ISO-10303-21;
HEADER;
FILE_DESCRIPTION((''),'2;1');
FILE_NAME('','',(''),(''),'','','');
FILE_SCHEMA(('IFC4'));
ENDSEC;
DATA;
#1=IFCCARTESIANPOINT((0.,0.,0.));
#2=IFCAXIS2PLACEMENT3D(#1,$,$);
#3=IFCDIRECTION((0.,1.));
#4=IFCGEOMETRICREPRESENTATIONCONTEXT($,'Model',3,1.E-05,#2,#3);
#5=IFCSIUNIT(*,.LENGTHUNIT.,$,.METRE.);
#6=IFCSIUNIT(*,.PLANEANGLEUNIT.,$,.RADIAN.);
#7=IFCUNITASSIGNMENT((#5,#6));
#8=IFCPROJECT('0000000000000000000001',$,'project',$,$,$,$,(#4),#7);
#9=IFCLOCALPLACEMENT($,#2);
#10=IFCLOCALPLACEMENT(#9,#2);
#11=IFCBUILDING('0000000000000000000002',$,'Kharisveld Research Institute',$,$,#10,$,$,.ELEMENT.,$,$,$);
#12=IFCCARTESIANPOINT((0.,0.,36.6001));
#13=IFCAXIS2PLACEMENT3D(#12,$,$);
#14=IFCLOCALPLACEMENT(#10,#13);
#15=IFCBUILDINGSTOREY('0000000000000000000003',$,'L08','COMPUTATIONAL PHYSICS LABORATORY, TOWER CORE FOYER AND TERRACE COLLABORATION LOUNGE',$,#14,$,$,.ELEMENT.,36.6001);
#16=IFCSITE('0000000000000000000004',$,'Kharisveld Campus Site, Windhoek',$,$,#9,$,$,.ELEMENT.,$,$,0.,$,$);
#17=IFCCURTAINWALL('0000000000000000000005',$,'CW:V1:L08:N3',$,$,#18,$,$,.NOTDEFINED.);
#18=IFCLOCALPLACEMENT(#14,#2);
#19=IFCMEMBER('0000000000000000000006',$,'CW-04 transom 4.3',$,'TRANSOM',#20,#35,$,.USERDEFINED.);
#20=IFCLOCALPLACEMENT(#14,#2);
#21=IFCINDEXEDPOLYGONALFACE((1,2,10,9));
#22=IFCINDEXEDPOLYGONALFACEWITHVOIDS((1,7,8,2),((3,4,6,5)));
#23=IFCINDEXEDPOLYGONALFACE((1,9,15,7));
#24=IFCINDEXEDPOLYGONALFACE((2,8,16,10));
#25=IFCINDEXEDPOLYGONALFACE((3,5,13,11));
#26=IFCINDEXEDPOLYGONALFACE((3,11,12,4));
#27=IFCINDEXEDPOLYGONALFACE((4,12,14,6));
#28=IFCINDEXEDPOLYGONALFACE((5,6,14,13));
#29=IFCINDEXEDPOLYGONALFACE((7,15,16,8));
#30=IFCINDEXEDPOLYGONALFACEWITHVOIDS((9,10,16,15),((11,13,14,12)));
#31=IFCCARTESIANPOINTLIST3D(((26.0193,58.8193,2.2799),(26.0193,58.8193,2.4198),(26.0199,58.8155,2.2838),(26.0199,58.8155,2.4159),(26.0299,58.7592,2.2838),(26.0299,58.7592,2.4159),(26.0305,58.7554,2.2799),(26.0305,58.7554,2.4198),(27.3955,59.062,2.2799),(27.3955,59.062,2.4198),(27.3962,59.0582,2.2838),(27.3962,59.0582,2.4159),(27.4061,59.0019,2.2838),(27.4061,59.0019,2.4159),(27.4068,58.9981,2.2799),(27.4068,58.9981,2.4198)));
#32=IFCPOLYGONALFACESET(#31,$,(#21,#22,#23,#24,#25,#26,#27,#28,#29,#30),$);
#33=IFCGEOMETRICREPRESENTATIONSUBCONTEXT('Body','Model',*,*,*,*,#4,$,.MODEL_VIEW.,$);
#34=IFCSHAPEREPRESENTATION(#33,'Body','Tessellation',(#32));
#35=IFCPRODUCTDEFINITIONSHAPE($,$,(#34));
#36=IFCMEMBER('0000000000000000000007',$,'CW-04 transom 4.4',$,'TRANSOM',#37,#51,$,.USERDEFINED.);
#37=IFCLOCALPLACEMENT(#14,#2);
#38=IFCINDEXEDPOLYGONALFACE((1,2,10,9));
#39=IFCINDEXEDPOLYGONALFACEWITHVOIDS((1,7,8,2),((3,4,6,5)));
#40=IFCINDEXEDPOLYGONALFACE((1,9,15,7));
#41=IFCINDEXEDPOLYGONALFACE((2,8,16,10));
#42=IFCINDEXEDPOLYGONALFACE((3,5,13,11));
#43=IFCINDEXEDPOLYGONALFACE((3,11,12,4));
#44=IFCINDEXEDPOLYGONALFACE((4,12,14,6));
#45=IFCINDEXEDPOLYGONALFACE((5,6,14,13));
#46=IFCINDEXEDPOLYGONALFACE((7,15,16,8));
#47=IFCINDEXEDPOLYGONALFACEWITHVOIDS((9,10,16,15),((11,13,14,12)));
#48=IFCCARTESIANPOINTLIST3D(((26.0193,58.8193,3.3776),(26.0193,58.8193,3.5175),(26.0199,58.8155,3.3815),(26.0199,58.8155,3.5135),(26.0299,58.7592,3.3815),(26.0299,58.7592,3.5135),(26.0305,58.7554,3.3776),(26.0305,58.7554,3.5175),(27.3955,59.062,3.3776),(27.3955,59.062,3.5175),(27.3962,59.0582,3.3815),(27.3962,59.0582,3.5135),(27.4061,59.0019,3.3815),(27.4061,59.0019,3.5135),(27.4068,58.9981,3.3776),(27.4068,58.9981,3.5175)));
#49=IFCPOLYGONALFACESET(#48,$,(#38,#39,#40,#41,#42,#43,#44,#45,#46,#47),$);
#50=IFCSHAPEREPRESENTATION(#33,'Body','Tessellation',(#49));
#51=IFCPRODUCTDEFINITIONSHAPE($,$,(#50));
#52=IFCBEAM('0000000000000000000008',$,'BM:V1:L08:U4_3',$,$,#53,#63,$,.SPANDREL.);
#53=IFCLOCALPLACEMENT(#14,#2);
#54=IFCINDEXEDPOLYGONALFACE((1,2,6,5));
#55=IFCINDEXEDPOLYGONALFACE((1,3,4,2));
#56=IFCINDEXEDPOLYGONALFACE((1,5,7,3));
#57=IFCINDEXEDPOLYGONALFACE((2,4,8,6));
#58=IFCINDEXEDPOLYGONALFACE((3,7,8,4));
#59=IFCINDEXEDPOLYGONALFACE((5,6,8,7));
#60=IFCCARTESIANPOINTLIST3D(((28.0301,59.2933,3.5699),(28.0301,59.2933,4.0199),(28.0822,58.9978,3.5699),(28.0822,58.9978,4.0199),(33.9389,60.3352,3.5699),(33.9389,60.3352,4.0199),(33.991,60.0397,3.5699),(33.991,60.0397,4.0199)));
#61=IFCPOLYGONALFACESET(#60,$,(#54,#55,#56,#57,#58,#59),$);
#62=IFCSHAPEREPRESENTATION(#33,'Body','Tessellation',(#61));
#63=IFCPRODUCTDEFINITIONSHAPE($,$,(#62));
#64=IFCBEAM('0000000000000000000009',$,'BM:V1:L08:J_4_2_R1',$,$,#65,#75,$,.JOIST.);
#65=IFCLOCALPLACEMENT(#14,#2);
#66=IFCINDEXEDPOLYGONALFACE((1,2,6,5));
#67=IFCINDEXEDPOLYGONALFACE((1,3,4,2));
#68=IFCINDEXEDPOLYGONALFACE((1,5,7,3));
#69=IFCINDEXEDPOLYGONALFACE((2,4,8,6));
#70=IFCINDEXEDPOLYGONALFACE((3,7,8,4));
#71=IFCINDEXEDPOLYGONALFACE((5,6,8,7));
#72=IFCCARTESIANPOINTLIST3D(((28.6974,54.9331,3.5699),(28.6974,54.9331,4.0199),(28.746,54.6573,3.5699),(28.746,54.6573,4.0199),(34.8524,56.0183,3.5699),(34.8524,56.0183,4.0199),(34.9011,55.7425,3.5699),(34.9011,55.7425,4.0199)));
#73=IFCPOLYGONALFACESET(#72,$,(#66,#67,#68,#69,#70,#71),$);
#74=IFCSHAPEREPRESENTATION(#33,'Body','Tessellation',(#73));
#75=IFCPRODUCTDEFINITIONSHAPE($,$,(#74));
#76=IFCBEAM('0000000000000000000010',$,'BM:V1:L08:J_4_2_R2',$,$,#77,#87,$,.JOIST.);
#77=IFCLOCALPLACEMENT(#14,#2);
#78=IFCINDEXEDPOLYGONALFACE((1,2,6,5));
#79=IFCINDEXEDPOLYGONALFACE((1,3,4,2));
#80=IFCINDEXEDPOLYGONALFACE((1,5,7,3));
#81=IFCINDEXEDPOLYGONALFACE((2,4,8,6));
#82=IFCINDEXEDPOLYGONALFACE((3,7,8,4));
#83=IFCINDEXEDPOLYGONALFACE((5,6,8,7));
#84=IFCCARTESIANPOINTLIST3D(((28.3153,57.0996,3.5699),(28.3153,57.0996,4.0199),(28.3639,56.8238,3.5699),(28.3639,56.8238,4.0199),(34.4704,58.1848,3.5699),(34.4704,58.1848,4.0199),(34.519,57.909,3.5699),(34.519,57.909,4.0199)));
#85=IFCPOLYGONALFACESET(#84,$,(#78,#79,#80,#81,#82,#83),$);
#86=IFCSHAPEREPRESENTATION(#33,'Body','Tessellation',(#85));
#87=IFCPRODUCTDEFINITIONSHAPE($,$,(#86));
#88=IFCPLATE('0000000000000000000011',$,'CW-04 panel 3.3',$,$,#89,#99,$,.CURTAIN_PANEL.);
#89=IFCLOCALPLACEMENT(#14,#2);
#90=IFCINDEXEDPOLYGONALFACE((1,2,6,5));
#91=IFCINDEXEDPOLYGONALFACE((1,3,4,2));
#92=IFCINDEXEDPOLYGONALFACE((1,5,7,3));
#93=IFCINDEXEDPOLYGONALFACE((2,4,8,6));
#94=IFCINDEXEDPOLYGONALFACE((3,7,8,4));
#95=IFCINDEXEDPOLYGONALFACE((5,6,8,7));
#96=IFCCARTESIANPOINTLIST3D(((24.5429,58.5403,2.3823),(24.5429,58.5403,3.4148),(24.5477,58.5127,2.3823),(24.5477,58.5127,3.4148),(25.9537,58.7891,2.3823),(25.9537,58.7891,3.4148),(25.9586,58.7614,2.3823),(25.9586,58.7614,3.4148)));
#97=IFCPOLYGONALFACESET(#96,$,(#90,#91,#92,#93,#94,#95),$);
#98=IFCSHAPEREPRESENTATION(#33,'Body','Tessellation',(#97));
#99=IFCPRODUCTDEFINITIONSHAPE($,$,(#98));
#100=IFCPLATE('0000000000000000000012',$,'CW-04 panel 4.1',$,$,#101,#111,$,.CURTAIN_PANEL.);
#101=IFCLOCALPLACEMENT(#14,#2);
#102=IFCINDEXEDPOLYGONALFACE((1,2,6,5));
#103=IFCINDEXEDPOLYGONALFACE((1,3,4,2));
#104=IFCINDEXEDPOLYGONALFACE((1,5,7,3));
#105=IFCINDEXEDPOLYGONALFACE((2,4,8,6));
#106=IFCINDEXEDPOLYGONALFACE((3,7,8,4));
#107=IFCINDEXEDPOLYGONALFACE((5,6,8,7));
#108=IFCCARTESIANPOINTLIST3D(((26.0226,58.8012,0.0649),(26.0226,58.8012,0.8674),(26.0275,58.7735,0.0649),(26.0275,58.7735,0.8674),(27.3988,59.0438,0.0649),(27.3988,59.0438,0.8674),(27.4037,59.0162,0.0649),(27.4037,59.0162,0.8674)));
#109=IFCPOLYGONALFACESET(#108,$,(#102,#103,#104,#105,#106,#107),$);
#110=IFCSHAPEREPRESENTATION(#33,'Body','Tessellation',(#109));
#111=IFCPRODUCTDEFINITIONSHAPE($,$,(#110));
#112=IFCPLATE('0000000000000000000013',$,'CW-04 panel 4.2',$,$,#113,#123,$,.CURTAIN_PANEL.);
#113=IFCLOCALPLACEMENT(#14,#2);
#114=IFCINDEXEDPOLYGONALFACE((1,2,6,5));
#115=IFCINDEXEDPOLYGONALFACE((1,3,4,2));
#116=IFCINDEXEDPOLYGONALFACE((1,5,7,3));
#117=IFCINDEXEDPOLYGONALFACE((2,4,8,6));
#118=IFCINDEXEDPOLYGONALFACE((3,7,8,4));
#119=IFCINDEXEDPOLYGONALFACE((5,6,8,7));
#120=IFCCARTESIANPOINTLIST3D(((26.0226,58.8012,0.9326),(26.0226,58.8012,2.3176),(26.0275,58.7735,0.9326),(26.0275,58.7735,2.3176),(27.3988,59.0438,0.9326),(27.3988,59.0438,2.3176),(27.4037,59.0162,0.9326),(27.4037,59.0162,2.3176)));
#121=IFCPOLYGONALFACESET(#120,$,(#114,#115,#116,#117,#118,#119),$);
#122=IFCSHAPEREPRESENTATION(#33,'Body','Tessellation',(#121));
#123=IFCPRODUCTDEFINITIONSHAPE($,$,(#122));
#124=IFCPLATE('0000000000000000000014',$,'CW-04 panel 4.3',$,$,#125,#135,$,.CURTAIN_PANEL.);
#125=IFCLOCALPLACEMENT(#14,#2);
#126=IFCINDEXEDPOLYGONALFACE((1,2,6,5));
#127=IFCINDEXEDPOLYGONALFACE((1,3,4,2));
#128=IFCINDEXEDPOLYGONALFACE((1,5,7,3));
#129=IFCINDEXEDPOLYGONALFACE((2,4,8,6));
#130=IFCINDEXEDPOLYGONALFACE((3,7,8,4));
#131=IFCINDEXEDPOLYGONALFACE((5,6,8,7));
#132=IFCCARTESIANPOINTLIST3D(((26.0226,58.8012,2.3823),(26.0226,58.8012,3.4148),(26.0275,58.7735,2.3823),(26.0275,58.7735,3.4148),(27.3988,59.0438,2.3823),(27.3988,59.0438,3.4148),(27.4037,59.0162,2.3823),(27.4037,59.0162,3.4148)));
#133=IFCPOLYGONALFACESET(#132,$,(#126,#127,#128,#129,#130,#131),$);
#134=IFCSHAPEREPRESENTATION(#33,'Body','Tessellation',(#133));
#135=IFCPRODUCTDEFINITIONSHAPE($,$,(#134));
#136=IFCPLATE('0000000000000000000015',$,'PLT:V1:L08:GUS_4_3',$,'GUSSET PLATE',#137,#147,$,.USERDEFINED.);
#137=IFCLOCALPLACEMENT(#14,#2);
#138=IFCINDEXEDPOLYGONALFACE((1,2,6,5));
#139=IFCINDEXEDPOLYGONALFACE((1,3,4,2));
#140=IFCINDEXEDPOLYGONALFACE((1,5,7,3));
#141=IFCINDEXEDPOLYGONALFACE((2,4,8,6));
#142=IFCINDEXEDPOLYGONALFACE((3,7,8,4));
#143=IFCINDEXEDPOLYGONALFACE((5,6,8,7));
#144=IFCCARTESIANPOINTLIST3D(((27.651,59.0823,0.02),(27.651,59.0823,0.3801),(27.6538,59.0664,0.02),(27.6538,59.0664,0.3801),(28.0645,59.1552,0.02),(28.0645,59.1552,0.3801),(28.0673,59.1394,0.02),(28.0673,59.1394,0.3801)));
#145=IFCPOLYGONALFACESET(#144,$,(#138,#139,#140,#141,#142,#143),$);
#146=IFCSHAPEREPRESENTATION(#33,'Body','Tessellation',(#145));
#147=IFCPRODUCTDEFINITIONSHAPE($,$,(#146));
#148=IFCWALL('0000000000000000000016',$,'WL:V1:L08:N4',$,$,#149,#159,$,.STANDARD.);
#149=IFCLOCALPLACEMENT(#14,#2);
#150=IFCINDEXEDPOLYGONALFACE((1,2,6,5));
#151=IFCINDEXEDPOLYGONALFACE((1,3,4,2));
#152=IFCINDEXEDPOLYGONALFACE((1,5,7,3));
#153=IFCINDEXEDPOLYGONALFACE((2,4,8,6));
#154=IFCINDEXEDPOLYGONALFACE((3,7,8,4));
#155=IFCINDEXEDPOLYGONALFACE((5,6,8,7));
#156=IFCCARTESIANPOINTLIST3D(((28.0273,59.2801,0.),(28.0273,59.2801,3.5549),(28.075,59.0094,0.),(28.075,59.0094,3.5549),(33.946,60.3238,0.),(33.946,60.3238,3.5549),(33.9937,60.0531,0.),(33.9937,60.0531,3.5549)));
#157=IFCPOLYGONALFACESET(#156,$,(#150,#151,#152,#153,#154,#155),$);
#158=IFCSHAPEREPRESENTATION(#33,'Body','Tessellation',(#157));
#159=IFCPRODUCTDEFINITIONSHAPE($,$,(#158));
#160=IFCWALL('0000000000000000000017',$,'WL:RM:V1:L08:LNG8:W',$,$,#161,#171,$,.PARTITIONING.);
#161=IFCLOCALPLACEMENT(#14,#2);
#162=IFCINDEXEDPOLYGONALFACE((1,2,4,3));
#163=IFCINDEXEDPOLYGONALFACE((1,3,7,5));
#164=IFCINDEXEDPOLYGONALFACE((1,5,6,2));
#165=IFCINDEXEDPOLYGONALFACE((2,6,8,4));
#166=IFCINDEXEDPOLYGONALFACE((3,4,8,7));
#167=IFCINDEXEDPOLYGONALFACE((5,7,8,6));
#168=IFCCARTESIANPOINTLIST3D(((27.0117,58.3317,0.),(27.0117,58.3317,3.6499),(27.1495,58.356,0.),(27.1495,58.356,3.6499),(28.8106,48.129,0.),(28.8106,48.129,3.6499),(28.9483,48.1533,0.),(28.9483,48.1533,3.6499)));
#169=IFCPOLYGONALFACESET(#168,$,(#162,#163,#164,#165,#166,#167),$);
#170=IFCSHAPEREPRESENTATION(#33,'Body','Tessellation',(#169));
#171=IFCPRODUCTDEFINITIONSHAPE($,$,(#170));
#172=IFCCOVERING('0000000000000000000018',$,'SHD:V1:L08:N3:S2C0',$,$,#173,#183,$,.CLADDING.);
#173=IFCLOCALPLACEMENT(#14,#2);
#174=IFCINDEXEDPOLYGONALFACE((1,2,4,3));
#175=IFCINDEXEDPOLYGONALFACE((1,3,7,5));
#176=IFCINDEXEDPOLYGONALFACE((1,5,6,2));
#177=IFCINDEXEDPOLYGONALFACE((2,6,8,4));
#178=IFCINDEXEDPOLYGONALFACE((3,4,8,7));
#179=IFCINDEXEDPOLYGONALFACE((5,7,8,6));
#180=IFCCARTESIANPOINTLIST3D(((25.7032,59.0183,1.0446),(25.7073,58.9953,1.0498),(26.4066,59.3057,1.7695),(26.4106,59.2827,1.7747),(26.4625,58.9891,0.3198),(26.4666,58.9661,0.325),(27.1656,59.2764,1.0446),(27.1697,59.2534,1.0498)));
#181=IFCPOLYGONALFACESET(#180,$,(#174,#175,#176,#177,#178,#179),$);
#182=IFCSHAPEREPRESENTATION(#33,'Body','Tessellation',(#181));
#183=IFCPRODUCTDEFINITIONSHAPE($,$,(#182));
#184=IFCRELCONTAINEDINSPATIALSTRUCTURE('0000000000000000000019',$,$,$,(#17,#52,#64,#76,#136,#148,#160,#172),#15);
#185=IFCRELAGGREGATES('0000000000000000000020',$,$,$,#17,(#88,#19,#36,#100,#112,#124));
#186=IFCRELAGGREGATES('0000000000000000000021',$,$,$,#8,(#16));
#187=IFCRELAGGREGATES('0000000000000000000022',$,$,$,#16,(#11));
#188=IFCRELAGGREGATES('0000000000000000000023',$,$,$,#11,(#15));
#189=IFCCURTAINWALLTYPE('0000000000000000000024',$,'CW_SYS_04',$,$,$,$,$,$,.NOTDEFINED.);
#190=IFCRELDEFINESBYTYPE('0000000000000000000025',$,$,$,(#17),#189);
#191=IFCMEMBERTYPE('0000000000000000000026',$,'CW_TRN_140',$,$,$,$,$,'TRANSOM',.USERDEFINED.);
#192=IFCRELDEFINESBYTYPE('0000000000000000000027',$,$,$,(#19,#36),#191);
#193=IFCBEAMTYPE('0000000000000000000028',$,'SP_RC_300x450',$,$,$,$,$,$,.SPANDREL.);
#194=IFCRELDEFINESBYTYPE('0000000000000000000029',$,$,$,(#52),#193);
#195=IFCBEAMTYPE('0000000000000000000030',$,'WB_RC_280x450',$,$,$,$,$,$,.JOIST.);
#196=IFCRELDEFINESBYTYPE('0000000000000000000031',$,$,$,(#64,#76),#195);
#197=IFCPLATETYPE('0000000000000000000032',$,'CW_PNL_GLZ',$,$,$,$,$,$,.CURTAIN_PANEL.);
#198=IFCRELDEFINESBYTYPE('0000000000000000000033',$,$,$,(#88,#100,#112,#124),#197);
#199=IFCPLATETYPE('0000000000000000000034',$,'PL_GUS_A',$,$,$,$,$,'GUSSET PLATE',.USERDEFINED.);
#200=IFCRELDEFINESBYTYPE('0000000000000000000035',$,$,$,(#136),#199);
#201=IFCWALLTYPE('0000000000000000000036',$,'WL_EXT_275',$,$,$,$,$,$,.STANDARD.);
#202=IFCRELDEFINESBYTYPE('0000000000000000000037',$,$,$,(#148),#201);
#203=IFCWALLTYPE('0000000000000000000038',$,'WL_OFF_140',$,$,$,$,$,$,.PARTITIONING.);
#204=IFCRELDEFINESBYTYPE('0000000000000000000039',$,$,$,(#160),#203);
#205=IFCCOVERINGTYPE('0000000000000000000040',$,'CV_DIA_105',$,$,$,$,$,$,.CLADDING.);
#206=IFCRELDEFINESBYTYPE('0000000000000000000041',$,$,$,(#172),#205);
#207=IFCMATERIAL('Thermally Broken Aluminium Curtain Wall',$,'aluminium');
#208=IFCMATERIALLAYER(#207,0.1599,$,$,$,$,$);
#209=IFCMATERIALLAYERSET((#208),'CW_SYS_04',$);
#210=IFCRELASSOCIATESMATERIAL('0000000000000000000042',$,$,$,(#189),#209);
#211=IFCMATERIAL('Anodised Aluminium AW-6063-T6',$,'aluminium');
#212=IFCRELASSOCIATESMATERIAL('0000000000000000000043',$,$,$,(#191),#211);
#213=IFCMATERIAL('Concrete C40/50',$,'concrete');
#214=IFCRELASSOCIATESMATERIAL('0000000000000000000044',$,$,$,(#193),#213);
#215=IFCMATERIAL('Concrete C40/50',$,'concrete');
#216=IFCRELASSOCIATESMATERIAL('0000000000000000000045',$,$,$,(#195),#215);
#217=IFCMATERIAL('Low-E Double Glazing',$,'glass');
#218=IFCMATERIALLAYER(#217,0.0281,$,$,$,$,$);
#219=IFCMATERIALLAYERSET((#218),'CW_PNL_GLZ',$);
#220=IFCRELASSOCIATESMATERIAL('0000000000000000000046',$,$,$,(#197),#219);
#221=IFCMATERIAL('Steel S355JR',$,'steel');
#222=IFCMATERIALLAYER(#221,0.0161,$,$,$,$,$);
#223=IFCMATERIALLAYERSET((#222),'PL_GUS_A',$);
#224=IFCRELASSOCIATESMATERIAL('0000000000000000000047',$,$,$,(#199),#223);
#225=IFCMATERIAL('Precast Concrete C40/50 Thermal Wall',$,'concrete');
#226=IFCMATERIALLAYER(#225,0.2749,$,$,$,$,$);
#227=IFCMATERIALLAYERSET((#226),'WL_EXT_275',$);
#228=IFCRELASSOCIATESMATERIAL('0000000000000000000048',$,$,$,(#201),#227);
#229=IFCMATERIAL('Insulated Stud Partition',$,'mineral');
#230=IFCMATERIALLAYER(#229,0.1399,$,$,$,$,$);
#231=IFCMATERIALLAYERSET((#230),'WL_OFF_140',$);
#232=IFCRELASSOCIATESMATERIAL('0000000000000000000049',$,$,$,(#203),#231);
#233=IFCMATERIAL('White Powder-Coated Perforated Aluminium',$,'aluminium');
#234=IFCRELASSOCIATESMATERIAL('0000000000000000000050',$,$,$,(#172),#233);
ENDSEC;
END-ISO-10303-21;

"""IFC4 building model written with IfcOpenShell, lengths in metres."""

from ifc_helpers import new_model, si_unit, direction, frame, frame_2d, origin, origin_2d, place, context, subcontext, project, spatial, polyline, rectangle, hollow_rectangle, outline, extrude, material, layer, layer_set, material_profile, profile_set, type_object, element, aggregate, save


model = new_model("IFC4")

# Units and contexts
model_context = context("Model", 3, precision=1e-05, world=origin(), true_north=direction((0.0, 1.0)))
body_context = subcontext(model_context, "Body", "Model", "MODEL_VIEW")
ifc_project = project(units=[si_unit("LENGTHUNIT", "METRE"), si_unit("PLANEANGLEUNIT", "RADIAN")], contexts=[model_context])

# Site, building, storey
site_placement = place(None, origin())
site = spatial("IfcSite", under=ifc_project, at=site_placement, Name="Kharisveld Campus Site, Windhoek", CompositionType="ELEMENT", RefElevation=0.0)
building_placement = place(site_placement, origin())
building = spatial("IfcBuilding", under=site, at=building_placement, Name="Kharisveld Research Institute", CompositionType="ELEMENT")
storey_placement = place(building_placement, frame((0.0, 0.0, 36.6001)))
storey = spatial("IfcBuildingStorey", under=building, at=storey_placement, Name="L08", Description="COMPUTATIONAL PHYSICS LABORATORY, TOWER CORE FOYER AND TERRACE COLLABORATION LOUNGE", CompositionType="ELEMENT", Elevation=36.6001)

# Curtain wall, members
ifc_material_1 = material(Name="Thermally Broken Aluminium Curtain Wall", Category="aluminium")
ifc_layer_1 = layer(ifc_material_1, 0.1599)
ifc_layer_set_1 = layer_set([ifc_layer_1], Name="CW_SYS_04")
curtain_wall_type = type_object("IfcCurtainWallType", Name="CW_SYS_04", PredefinedType="NOTDEFINED", material=ifc_layer_set_1)
curtain_wall_placement = place(storey_placement, origin())
curtain_wall = element("IfcCurtainWall", 1, at=curtain_wall_placement, inside=storey, type_object=curtain_wall_type, Name="CW:V1:L08:N3", PredefinedType="NOTDEFINED")
ifc_material_2 = material(Name="Anodised Aluminium AW-6063-T6", Category="aluminium")
ifc_material_profile_1 = material_profile(ifc_material_2, hollow_rectangle(XDim=0.0649, YDim=0.1399, WallThickness=0.0039, at=origin_2d()))
ifc_profile_set_1 = profile_set([ifc_material_profile_1], Name="Anodised Aluminium AW-6063-T6")
member_type_1 = type_object("IfcMemberType", Name="CW_TRN_140", ElementType="TRANSOM", PredefinedType="USERDEFINED", material=ifc_profile_set_1)
member_1_placement = place(storey_placement, frame((26.0249, 58.7874, 2.3499), z_axis=(0.984806, 0.173656, 0.0), x_axis=(-0.173656, 0.984806, 0.0)))
member_1 = element("IfcMember", 2, at=member_1_placement, type_object=member_type_1, Name="CW-04 transom 4.3", ObjectType="TRANSOM", PredefinedType="USERDEFINED", context=body_context, shape_type="SweptSolid", body=[
    extrude(hollow_rectangle(XDim=0.0649, YDim=0.1399, WallThickness=0.0039, at=origin_2d()), origin(), (0.0, 0.0, 1.0), 1.3975),
])
member_2_placement = place(storey_placement, frame((26.0249, 58.7874, 3.4475), z_axis=(0.984806, 0.173656, 0.0), x_axis=(-0.173656, 0.984806, 0.0)))
member_2 = element("IfcMember", 3, at=member_2_placement, type_object=member_type_1, Name="CW-04 transom 4.4", ObjectType="TRANSOM", PredefinedType="USERDEFINED", context=body_context, shape_type="SweptSolid", body=[
    extrude(hollow_rectangle(XDim=0.0649, YDim=0.1399, WallThickness=0.0039, at=origin_2d()), origin(), (0.0, 0.0, 1.0), 1.3975),
])

# Beams
ifc_material_3 = material(Name="Concrete C40/50", Category="concrete")
ifc_material_profile_2 = material_profile(ifc_material_3, rectangle(XDim=0.3, YDim=0.45, at=origin_2d()))
ifc_profile_set_2 = profile_set([ifc_material_profile_2], Name="Concrete C40/50")
beam_type_1 = type_object("IfcBeamType", Name="SP_RC_300x450", PredefinedType="SPANDREL", material=ifc_profile_set_2)
beam_1_placement = place(storey_placement, frame((28.0562, 59.1455, 3.7949), z_axis=(0.984805, 0.173662, 0.0), x_axis=(-0.173662, 0.984805, 0.0)))
element("IfcBeam", 4, at=beam_1_placement, inside=storey, type_object=beam_type_1, Name="BM:V1:L08:U4_3", PredefinedType="SPANDREL", context=body_context, shape_type="SweptSolid", body=[
    extrude(rectangle(XDim=0.3, YDim=0.45, at=origin_2d()), origin(), (0.0, 0.0, 1.0), 6.0),
])
ifc_material_4 = material(Name="Concrete C40/50", Category="concrete")
ifc_material_profile_3 = material_profile(ifc_material_4, rectangle(XDim=0.28, YDim=0.45, at=origin_2d()))
ifc_profile_set_3 = profile_set([ifc_material_profile_3], Name="Concrete C40/50")
beam_type_2 = type_object("IfcBeamType", Name="WB_RC_280x450", PredefinedType="JOIST", material=ifc_profile_set_3)
for number, where, z_axis, x_axis, name in (
    (5, (28.7217, 54.7952, 3.7949), (0.98481, 0.173634, 0.0), (-0.173634, 0.98481, 0.0), "BM:V1:L08:J_4_2_R1"),
    (6, (28.3396, 56.9617, 3.7949), (0.98481, 0.173634, 0.0), (-0.173634, 0.98481, 0.0), "BM:V1:L08:J_4_2_R2"),
):
    element("IfcBeam", number, at=place(storey_placement, frame(where, z_axis=z_axis, x_axis=x_axis)), inside=storey, type_object=beam_type_2, Name=name, PredefinedType="JOIST", context=body_context, shape_type="SweptSolid", body=[
        extrude(rectangle(XDim=0.28, YDim=0.45, at=origin_2d()), origin(), (0.0, 0.0, 1.0), 6.25),
    ])

# Plates
ifc_material_5 = material(Name="Low-E Double Glazing", Category="glass")
ifc_layer_2 = layer(ifc_material_5, 0.0281)
ifc_layer_set_2 = layer_set([ifc_layer_2], Name="CW_PNL_GLZ")
plate_type_1 = type_object("IfcPlateType", Name="CW_PNL_GLZ", PredefinedType="CURTAIN_PANEL", material=ifc_layer_set_2)
plate_1_placement = place(storey_placement, frame((25.2507, 58.6509, 2.3823), z_axis=(0.0, 0.0, 1.0), x_axis=(0.984808, 0.173648, 0.0)))
plate_1 = element("IfcPlate", 7, at=plate_1_placement, type_object=plate_type_1, Name="CW-04 panel 3.3", PredefinedType="CURTAIN_PANEL", context=body_context, shape_type="SweptSolid", body=[
    extrude(rectangle(XDim=1.4326, YDim=0.0281, at=origin_2d()), origin(), (0.0, 0.0, 1.0), 1.0325),
])
plate_2_placement = place(storey_placement, frame((26.7131, 58.9087, 0.0649), z_axis=(0.0, 0.0, 1.0), x_axis=(0.984808, 0.173648, 0.0)))
plate_2 = element("IfcPlate", 8, at=plate_2_placement, type_object=plate_type_1, Name="CW-04 panel 4.1", PredefinedType="CURTAIN_PANEL", context=body_context, shape_type="SweptSolid", body=[
    extrude(rectangle(XDim=1.3975, YDim=0.0281, at=origin_2d()), origin(), (0.0, 0.0, 1.0), 0.8025),
])
plate_3_placement = place(storey_placement, frame((26.7131, 58.9087, 0.9326), z_axis=(0.0, 0.0, 1.0), x_axis=(0.984808, 0.173648, 0.0)))
plate_3 = element("IfcPlate", 9, at=plate_3_placement, type_object=plate_type_1, Name="CW-04 panel 4.2", PredefinedType="CURTAIN_PANEL", context=body_context, shape_type="SweptSolid", body=[
    extrude(rectangle(XDim=1.3975, YDim=0.0281, at=origin_2d()), origin(), (0.0, 0.0, 1.0), 1.385),
])
plate_4_placement = place(storey_placement, frame((26.7131, 58.9087, 2.3823), z_axis=(0.0, 0.0, 1.0), x_axis=(0.984808, 0.173648, 0.0)))
plate_4 = element("IfcPlate", 10, at=plate_4_placement, type_object=plate_type_1, Name="CW-04 panel 4.3", PredefinedType="CURTAIN_PANEL", context=body_context, shape_type="SweptSolid", body=[
    extrude(rectangle(XDim=1.3975, YDim=0.0281, at=origin_2d()), origin(), (0.0, 0.0, 1.0), 1.0325),
])
aggregate(curtain_wall, [plate_1, member_1, member_2, plate_2, plate_3, plate_4])
ifc_material_6 = material(Name="Steel S355JR", Category="steel")
ifc_layer_3 = layer(ifc_material_6, 0.0161)
ifc_layer_set_3 = layer_set([ifc_layer_3], Name="PL_GUS_A")
plate_type_2 = type_object("IfcPlateType", Name="PL_GUS_A", ElementType="GUSSET PLATE", PredefinedType="USERDEFINED", material=ifc_layer_set_3)
plate_5_placement = place(storey_placement, frame((27.8591, 59.1108, 0.02), z_axis=(0.0, 0.0, 1.0), x_axis=(0.984808, 0.173648, 0.0)))
element("IfcPlate", 11, at=plate_5_placement, inside=storey, type_object=plate_type_2, Name="PLT:V1:L08:GUS_4_3", ObjectType="GUSSET PLATE", PredefinedType="USERDEFINED", context=body_context, shape_type="SweptSolid", body=[
    extrude(rectangle(XDim=0.4199, YDim=0.0161, at=origin_2d()), origin(), (0.0, 0.0, 1.0), 0.3601),
])

# Walls
ifc_material_7 = material(Name="Precast Concrete C40/50 Thermal Wall", Category="concrete")
ifc_layer_4 = layer(ifc_material_7, 0.2749)
ifc_layer_set_4 = layer_set([ifc_layer_4], Name="WL_EXT_275")
wall_type_1 = type_object("IfcWallType", Name="WL_EXT_275", PredefinedType="STANDARD", material=ifc_layer_set_4)
wall_1_placement = place(storey_placement, frame((28.0513, 59.1448, 0.0), z_axis=(0.0, 0.0, 1.0), x_axis=(0.984806, 0.17366, 0.0)))
element("IfcWall", 12, at=wall_1_placement, inside=storey, type_object=wall_type_1, Name="WL:V1:L08:N4", PredefinedType="STANDARD", context=body_context, shape_type="SweptSolid", body=[
    extrude(rectangle(XDim=6.01, YDim=0.2749, at=frame_2d((3.0049, 0.0))), origin(), (0.0, 0.0, 1.0), 3.5549),
])
ifc_material_8 = material(Name="Insulated Stud Partition", Category="mineral")
ifc_layer_5 = layer(ifc_material_8, 0.1399)
ifc_layer_set_5 = layer_set([ifc_layer_5], Name="WL_OFF_140")
wall_type_2 = type_object("IfcWallType", Name="WL_OFF_140", PredefinedType="PARTITIONING", material=ifc_layer_set_5)
wall_2_placement = place(storey_placement, frame((27.0806, 58.344, 0.0), z_axis=(0.0, 0.0, 1.0), x_axis=(0.173632, -0.984811, 0.0)))
element("IfcWall", 13, at=wall_2_placement, inside=storey, type_object=wall_type_2, Name="WL:RM:V1:L08:LNG8:W", PredefinedType="PARTITIONING", context=body_context, shape_type="SweptSolid", body=[
    extrude(rectangle(XDim=10.3601, YDim=0.1399, at=frame_2d((5.1802, 0.0))), origin(), (0.0, 0.0, 1.0), 3.6499),
])

# Covering
ifc_material_9 = material(Name="White Powder-Coated Perforated Aluminium", Category="aluminium")
covering_type = type_object("IfcCoveringType", Name="CV_DIA_105", PredefinedType="CLADDING")
for number, where, z_axis, x_axis, name in (
    (14, (26.4666, 58.9661, 0.325), (0.169653, -0.96142, 0.21654), (0.669686, 0.273667, 0.690382), "SHD:V1:L08:N3:S2C0"),
):
    element("IfcCovering", number, at=place(storey_placement, frame(where, z_axis=z_axis, x_axis=x_axis)), inside=storey, type_object=covering_type, material=ifc_material_9, Name=name, PredefinedType="CLADDING", context=body_context, shape_type="SweptSolid", body=[
        extrude(outline(polyline([(0.0, 0.0), (1.0499, 0.0), (1.0501, 1.05), (0.0, 1.0501), (0.0, 0.0)])), origin(), (0.0, 0.0, -1.0), 0.0239),
    ])

save(model, "model.ifc")
